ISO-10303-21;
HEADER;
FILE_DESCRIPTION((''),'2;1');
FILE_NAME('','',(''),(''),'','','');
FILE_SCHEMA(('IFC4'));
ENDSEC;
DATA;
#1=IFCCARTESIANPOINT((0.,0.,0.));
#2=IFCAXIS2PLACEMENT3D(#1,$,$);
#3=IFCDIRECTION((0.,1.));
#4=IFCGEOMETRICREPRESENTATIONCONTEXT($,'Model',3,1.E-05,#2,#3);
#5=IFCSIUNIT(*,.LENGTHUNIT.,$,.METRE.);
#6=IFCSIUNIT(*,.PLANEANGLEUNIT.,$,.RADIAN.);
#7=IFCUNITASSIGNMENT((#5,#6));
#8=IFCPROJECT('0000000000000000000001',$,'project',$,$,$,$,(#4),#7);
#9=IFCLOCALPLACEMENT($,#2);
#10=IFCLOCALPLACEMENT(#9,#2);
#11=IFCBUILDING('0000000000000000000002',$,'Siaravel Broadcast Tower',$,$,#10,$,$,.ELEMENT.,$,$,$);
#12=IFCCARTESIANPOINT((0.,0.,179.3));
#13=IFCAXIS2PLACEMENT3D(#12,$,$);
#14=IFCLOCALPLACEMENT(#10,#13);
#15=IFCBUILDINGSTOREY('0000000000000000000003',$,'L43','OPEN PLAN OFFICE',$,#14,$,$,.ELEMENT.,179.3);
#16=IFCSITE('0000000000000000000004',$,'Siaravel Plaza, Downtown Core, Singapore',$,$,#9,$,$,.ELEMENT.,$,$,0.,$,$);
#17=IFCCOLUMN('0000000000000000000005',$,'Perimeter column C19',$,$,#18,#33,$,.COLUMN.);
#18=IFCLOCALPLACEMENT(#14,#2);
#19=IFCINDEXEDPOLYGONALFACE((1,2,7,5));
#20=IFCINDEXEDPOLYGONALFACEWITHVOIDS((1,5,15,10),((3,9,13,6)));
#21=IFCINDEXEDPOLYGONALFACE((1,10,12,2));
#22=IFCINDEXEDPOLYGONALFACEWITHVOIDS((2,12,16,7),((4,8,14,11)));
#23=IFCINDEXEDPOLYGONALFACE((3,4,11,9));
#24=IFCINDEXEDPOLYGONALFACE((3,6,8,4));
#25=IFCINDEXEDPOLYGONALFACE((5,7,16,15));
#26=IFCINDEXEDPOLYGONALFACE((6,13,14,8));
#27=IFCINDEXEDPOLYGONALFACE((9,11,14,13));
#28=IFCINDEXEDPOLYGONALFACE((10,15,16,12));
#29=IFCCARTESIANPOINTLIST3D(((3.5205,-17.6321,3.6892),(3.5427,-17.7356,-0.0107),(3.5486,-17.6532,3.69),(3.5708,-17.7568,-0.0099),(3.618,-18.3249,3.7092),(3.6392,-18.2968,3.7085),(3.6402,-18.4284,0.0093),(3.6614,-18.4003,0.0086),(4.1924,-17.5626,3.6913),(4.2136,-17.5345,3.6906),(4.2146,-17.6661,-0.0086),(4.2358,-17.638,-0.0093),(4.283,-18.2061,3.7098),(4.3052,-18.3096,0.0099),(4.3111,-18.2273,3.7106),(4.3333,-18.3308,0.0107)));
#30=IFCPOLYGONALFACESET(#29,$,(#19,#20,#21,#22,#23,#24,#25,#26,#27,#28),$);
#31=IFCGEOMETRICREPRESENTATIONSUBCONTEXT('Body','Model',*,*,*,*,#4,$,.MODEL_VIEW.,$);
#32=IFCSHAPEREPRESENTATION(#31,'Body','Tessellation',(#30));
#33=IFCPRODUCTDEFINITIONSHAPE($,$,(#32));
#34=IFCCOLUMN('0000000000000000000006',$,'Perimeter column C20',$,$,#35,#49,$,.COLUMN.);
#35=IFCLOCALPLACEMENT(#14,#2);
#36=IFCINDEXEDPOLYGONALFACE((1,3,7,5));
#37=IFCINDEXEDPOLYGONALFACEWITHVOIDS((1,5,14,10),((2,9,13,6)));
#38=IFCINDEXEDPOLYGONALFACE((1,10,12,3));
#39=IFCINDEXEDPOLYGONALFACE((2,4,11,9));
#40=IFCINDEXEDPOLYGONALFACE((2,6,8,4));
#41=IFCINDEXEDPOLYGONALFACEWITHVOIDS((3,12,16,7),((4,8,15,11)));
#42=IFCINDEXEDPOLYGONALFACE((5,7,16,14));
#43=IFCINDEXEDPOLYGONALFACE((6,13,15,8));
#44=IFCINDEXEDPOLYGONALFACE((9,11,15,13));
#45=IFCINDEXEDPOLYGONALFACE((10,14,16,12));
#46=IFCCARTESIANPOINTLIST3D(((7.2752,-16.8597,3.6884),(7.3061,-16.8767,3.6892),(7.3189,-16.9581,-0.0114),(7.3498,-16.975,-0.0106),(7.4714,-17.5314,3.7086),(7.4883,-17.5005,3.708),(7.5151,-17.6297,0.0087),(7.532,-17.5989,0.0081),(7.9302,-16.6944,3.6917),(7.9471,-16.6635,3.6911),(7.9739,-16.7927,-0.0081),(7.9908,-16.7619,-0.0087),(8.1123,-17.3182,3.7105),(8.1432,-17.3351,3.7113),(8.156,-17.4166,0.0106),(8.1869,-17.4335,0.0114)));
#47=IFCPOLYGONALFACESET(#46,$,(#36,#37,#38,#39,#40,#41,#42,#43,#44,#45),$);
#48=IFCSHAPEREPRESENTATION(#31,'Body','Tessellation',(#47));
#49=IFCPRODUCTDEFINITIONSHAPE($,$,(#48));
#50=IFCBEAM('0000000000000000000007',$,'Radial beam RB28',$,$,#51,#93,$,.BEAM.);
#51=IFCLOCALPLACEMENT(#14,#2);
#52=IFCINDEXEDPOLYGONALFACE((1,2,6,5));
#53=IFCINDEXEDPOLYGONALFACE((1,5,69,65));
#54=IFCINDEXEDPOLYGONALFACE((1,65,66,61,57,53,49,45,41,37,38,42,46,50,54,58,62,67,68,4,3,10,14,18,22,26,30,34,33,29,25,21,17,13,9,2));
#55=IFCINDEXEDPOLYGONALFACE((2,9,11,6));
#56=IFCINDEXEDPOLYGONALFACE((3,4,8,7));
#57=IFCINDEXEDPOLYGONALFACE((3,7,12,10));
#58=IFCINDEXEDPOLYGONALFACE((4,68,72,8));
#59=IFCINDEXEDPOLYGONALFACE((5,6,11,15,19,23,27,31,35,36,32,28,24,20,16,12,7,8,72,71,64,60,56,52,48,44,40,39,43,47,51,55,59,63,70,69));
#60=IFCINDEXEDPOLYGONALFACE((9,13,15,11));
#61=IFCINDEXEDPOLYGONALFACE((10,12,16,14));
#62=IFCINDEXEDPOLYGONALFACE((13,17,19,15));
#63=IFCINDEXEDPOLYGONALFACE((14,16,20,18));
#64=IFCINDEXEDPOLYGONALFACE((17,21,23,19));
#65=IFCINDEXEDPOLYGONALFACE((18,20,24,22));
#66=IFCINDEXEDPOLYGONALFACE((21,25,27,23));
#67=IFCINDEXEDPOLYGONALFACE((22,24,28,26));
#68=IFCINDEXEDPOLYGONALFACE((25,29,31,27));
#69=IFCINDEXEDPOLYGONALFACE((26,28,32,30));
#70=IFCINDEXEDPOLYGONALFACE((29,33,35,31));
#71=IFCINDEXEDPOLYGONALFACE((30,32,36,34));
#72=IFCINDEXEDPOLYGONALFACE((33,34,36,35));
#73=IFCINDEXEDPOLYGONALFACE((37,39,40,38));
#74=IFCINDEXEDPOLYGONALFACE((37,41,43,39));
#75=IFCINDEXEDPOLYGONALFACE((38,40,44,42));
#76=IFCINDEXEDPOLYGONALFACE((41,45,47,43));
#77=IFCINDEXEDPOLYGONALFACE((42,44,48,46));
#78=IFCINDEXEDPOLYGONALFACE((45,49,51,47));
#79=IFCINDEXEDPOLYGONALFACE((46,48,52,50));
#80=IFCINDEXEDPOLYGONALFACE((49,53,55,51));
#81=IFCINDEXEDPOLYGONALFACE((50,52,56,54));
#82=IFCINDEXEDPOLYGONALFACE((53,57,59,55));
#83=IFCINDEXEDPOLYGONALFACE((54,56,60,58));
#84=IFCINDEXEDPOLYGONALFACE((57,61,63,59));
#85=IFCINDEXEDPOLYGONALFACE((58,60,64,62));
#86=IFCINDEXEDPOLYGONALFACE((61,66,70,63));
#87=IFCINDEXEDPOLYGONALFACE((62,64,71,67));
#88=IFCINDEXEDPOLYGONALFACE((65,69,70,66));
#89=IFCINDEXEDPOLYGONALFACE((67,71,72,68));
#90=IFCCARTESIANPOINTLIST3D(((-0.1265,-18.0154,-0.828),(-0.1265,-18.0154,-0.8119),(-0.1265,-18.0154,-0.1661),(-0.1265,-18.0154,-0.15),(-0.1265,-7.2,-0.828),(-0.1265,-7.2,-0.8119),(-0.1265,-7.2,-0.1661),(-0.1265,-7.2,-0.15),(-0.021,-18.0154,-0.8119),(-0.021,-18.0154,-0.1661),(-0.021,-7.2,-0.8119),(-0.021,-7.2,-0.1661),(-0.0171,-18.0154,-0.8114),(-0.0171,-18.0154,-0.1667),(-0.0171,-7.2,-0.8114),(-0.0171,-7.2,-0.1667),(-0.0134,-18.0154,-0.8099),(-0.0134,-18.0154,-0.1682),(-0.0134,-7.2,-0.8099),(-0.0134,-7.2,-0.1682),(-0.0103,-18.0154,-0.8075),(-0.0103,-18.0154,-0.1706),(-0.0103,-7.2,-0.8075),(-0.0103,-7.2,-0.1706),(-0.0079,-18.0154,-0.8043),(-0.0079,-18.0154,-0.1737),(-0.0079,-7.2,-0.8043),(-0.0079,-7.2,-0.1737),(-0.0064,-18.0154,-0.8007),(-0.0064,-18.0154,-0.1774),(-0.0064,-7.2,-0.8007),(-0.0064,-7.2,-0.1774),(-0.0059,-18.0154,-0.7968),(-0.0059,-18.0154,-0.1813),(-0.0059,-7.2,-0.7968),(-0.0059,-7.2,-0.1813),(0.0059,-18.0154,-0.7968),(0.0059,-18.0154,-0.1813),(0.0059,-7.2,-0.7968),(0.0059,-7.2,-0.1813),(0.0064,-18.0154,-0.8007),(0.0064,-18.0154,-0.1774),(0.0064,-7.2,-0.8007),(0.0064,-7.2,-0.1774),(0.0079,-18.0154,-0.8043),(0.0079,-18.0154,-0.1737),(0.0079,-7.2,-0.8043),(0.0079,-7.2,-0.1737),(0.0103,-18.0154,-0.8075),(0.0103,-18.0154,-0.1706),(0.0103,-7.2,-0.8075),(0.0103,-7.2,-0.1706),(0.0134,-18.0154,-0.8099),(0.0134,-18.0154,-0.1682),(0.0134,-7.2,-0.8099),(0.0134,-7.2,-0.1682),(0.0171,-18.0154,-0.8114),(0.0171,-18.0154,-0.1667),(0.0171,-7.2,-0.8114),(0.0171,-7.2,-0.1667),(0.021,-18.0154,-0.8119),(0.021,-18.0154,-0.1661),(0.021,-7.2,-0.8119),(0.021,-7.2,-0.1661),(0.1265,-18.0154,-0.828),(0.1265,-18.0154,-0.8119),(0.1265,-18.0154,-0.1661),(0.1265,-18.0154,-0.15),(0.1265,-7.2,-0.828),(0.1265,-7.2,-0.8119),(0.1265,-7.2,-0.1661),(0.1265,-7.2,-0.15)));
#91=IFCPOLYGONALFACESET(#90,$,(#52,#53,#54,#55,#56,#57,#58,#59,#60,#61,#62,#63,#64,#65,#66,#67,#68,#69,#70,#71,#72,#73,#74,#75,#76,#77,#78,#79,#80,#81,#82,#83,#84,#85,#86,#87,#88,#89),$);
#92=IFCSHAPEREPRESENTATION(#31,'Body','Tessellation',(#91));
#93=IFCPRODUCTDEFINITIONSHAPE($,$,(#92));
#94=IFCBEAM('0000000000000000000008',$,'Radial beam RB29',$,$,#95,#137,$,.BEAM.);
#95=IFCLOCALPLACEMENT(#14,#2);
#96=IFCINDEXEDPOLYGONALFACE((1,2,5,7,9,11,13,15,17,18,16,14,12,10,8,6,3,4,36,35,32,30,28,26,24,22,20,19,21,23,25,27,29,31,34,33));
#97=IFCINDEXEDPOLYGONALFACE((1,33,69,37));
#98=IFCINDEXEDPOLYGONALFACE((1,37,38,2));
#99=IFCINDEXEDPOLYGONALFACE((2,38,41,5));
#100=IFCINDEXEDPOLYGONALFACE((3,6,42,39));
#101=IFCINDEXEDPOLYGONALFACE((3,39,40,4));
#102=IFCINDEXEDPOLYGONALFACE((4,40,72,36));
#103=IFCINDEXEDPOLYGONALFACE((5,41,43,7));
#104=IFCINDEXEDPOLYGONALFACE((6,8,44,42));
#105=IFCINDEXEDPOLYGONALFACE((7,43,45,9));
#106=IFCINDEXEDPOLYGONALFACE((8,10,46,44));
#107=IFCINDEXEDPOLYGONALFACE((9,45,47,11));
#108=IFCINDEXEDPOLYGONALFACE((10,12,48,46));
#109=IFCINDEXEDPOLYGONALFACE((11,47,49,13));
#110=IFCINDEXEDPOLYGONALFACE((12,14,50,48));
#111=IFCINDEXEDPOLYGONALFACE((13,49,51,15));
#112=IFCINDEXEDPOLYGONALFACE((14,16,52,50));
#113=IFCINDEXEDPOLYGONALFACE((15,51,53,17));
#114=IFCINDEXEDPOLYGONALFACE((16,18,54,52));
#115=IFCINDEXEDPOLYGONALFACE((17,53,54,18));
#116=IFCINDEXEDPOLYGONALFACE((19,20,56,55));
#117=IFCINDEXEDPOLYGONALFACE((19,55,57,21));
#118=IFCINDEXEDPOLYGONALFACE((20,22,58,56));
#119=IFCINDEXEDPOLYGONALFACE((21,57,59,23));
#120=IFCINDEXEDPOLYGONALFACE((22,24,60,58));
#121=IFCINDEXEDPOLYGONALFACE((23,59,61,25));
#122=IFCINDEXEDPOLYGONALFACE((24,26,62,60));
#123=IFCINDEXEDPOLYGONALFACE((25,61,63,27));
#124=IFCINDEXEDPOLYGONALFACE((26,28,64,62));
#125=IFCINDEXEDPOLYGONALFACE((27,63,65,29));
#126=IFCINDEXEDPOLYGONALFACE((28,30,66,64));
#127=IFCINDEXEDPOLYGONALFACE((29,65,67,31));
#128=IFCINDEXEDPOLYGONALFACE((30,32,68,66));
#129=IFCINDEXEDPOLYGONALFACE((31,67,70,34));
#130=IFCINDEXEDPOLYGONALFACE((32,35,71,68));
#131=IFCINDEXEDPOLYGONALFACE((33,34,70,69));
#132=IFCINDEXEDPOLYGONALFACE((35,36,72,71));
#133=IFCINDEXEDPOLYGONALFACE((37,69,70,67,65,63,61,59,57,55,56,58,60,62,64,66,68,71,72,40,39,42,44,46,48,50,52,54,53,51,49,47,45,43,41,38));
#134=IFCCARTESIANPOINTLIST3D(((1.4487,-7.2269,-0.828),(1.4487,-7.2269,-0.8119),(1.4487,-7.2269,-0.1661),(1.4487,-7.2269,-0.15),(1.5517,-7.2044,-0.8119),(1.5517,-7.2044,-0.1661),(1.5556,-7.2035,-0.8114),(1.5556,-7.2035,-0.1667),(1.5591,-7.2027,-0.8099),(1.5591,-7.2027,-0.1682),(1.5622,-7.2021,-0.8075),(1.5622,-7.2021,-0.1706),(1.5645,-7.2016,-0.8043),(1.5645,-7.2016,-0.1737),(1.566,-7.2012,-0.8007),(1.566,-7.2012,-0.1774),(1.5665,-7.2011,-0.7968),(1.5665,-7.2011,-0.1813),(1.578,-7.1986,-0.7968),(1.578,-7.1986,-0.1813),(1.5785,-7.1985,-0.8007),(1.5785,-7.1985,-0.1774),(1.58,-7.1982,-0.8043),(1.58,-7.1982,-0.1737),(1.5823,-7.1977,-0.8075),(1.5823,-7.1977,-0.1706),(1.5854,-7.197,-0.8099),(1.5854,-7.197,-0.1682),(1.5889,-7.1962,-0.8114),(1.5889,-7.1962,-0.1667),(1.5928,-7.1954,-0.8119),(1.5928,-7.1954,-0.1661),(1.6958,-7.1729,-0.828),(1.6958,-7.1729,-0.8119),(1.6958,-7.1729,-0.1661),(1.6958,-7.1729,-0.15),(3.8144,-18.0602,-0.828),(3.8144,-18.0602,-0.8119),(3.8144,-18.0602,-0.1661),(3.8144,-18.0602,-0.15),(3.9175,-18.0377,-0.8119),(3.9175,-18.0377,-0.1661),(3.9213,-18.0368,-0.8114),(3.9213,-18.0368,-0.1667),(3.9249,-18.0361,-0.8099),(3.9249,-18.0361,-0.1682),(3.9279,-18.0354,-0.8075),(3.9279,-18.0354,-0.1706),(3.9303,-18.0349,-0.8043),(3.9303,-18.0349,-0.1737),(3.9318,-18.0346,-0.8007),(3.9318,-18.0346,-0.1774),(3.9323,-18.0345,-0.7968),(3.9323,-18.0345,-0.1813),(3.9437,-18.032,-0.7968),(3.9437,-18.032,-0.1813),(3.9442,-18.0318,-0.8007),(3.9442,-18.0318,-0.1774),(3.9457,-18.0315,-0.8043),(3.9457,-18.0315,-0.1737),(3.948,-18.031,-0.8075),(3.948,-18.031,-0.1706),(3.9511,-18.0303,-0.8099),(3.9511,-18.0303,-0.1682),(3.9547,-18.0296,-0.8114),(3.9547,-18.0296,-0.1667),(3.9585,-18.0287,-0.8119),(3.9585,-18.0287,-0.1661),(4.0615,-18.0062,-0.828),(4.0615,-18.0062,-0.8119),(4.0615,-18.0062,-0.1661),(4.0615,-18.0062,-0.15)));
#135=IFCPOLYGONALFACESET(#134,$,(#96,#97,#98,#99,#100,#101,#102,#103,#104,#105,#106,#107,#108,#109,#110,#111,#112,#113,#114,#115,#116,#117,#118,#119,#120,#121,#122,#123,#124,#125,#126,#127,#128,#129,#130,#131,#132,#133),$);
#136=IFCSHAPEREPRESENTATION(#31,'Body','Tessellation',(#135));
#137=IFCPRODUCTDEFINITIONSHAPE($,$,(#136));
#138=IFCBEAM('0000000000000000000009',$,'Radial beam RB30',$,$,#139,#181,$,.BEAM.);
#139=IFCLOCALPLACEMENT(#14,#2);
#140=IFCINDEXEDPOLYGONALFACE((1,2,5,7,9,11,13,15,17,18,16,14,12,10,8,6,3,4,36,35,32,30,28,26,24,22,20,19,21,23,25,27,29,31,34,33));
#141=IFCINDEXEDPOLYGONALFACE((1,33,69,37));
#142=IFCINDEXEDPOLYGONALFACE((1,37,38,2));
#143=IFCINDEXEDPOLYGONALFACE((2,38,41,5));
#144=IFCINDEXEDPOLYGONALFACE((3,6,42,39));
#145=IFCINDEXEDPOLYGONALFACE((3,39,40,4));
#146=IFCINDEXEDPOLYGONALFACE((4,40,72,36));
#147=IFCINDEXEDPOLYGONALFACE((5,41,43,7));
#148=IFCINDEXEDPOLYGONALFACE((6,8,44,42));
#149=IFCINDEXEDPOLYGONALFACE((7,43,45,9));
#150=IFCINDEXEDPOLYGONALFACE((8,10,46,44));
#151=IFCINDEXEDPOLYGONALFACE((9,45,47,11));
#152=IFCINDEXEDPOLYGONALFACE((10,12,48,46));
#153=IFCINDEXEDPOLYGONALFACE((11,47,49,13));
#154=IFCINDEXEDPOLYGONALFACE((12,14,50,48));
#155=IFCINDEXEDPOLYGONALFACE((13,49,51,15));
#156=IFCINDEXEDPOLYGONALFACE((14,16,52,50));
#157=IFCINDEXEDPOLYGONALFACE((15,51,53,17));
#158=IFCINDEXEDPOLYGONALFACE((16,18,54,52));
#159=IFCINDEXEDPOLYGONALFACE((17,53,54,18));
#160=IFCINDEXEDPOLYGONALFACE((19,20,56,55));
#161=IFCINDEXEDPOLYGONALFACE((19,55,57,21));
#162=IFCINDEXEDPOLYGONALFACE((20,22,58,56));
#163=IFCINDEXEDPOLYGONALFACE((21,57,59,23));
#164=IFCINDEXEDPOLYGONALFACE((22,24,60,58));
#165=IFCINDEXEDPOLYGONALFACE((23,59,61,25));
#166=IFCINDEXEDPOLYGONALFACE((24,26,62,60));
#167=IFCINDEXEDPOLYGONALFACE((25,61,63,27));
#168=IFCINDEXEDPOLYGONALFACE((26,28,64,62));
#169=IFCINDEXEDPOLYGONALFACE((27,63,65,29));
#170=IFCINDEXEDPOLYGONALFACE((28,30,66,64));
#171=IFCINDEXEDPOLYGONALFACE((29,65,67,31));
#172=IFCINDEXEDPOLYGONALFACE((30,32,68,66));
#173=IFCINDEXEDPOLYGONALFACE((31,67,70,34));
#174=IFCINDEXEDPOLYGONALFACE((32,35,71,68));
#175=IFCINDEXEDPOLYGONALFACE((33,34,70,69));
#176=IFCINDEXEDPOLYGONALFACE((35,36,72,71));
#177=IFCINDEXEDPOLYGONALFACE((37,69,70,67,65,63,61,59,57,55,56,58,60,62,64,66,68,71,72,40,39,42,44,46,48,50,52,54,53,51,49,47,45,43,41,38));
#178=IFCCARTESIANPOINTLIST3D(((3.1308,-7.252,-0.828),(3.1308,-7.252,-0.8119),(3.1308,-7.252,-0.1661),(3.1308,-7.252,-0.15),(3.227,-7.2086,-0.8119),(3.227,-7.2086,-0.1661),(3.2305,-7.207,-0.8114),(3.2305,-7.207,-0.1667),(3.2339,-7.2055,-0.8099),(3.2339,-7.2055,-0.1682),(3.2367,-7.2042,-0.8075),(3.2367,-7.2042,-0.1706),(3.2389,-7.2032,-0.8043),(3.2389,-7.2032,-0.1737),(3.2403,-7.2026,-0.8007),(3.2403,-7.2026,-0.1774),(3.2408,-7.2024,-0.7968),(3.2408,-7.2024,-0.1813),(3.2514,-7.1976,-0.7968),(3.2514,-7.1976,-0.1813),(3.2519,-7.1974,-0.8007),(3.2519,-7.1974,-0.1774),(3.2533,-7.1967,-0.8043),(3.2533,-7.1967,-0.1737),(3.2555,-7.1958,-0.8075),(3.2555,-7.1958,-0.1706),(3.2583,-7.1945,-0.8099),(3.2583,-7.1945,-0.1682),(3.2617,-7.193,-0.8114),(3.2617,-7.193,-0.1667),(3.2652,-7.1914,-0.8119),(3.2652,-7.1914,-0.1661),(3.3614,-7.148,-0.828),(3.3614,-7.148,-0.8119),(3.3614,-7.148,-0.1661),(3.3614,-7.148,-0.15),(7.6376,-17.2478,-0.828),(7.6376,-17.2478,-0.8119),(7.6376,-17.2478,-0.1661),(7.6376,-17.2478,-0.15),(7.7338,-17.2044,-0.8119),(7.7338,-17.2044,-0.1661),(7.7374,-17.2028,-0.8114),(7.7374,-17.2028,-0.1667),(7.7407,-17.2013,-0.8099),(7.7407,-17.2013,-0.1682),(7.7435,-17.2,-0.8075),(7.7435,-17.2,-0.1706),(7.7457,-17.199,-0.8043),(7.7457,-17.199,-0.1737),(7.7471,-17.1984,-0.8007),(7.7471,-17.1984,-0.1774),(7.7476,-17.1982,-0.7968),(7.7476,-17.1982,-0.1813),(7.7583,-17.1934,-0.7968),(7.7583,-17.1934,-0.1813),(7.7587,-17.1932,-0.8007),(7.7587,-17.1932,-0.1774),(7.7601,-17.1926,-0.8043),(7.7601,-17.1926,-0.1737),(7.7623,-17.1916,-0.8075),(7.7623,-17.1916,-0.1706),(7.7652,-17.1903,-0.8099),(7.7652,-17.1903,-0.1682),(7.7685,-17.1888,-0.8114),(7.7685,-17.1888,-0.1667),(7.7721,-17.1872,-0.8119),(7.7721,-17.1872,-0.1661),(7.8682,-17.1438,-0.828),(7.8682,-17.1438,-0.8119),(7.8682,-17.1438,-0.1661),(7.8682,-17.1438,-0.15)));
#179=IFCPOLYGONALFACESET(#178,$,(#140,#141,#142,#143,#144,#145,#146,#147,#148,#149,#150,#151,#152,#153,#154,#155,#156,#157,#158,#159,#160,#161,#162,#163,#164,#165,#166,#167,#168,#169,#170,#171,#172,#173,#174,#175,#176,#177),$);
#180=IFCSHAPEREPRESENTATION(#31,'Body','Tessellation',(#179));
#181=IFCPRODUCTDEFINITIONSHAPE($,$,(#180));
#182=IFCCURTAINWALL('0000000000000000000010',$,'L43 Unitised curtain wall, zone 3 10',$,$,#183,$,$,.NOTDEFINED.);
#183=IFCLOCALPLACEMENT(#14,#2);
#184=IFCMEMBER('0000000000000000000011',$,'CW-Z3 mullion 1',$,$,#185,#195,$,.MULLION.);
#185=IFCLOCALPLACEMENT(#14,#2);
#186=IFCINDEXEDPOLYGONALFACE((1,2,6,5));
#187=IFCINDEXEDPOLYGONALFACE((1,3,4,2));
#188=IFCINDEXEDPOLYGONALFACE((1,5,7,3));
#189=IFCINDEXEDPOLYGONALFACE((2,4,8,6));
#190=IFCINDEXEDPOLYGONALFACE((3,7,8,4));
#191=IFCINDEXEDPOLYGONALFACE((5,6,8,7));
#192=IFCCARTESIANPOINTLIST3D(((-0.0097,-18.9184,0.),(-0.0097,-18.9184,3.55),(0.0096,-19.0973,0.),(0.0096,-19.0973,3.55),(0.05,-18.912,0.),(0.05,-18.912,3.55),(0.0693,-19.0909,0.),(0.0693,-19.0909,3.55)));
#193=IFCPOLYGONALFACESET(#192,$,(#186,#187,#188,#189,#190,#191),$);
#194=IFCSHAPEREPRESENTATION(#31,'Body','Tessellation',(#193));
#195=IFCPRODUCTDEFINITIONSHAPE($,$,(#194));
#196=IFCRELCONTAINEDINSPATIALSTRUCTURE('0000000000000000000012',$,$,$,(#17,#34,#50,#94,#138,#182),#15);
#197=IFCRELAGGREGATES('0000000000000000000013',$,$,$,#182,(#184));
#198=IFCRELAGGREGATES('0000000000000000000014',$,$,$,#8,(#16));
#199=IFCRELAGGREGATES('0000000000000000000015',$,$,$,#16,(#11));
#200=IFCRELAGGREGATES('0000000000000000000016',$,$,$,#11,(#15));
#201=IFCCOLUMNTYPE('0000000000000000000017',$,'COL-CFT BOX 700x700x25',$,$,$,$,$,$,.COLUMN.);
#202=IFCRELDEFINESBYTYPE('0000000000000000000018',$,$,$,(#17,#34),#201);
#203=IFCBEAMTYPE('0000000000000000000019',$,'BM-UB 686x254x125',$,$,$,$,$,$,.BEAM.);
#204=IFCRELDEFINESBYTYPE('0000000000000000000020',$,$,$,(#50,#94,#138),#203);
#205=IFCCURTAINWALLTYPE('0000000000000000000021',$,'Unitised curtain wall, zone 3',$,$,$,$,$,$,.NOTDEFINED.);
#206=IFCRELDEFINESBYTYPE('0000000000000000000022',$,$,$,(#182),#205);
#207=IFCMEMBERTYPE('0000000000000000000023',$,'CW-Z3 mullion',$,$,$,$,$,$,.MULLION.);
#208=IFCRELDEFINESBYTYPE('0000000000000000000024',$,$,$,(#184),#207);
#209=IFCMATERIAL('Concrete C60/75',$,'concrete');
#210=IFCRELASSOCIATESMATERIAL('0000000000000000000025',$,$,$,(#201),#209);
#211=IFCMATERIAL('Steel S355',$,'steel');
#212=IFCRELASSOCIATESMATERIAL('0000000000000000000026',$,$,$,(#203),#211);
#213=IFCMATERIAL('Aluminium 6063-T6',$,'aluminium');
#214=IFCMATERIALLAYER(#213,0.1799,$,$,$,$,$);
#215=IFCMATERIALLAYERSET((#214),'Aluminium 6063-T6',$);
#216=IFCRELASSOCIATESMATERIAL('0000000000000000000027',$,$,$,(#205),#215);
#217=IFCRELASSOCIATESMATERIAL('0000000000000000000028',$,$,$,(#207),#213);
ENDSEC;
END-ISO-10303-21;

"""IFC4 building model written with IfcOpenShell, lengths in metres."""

from ifc_helpers import new_model, si_unit, direction, frame, origin, origin_2d, place, context, subcontext, project, spatial, rectangle, hollow_rectangle, i_section, extrude, material, layer, layer_set, material_profile, profile_set, type_object, element, aggregate, save


model = new_model("IFC4")

# Units and contexts
model_context = context("Model", 3, precision=1e-05, world=origin(), true_north=direction((0.0, 1.0)))
body_context = subcontext(model_context, "Body", "Model", "MODEL_VIEW")
ifc_project = project(units=[si_unit("LENGTHUNIT", "METRE"), si_unit("PLANEANGLEUNIT", "RADIAN")], contexts=[model_context])

# Site, building, storey
site_placement = place(None, origin())
site = spatial("IfcSite", under=ifc_project, at=site_placement, Name="Siaravel Plaza, Downtown Core, Singapore", CompositionType="ELEMENT", RefElevation=0.0)
building_placement = place(site_placement, origin())
building = spatial("IfcBuilding", under=site, at=building_placement, Name="Siaravel Broadcast Tower", CompositionType="ELEMENT")
storey_placement = place(building_placement, frame((0.0, 0.0, 179.3)))
storey = spatial("IfcBuildingStorey", under=building, at=storey_placement, Name="L43", Description="OPEN PLAN OFFICE", CompositionType="ELEMENT", Elevation=179.3)

# Columns
ifc_material_1 = material(Name="Concrete C60/75", Category="concrete")
ifc_material_profile_1 = material_profile(ifc_material_1, hollow_rectangle(XDim=0.7, YDim=0.7, WallThickness=0.0249, at=origin_2d()))
ifc_profile_set_1 = profile_set([ifc_material_profile_1], Name="Concrete C60/75")
column_type = type_object("IfcColumnType", Name="COL-CFT BOX 700x700x25", PredefinedType="COLUMN", material=ifc_profile_set_1)
for number, where, z_axis, x_axis, name in (
    (1, (3.938, -18.0332, 0.0), (-0.006002, 0.027966, 0.999591), (-0.99023, -0.13943, -0.002045), "Perimeter column C19"),
    (2, (7.7529, -17.1958, 0.0), (-0.011806, 0.026581, 0.999577), (-0.959874, -0.280405, -0.003881), "Perimeter column C20"),
):
    element("IfcColumn", number, at=place(storey_placement, frame(where, z_axis=z_axis, x_axis=x_axis)), inside=storey, type_object=column_type, Name=name, PredefinedType="COLUMN", context=body_context, shape_type="SweptSolid", body=[
        extrude(hollow_rectangle(XDim=0.7, YDim=0.7, WallThickness=0.0249, at=origin_2d()), origin(), (0.0, 0.0, 1.0), 3.7014),
    ])

# Beams
ifc_material_2 = material(Name="Steel S355", Category="steel")
ifc_material_profile_2 = material_profile(ifc_material_2, i_section(OverallWidth=0.2529, OverallDepth=0.678, WebThickness=0.0117, FlangeThickness=0.0161, FilletRadius=0.0151, at=origin_2d()))
ifc_profile_set_2 = profile_set([ifc_material_profile_2], Name="Steel S355")
beam_type = type_object("IfcBeamType", Name="BM-UB 686x254x125", PredefinedType="BEAM", material=ifc_profile_set_2)
beam_1_placement = place(storey_placement, frame((0.0, -18.0154, -0.489), z_axis=(0.0, 1.0, 0.0), x_axis=(-1.0, 0.0, 0.0)))
element("IfcBeam", 3, at=beam_1_placement, inside=storey, type_object=beam_type, Name="Radial beam RB28", PredefinedType="BEAM", context=body_context, shape_type="SweptSolid", body=[
    extrude(i_section(OverallWidth=0.2529, OverallDepth=0.678, WebThickness=0.0117, FlangeThickness=0.0161, FilletRadius=0.0151, at=origin_2d()), origin(), (0.0, 0.0, 1.0), 10.8154),
])
beam_2_placement = place(storey_placement, frame((3.938, -18.0332, -0.489), z_axis=(-0.213348, 0.976976, 0.0), x_axis=(-0.976976, -0.213348, 0.0)))
element("IfcBeam", 4, at=beam_2_placement, inside=storey, type_object=beam_type, Name="Radial beam RB29", PredefinedType="BEAM", context=body_context, shape_type="SweptSolid", body=[
    extrude(i_section(OverallWidth=0.2529, OverallDepth=0.678, WebThickness=0.0117, FlangeThickness=0.0161, FilletRadius=0.0151, at=origin_2d()), origin(), (0.0, 0.0, 1.0), 11.0886),
])
beam_3_placement = place(storey_placement, frame((7.7529, -17.1958, -0.489), z_axis=(-0.411025, 0.911624, 0.0), x_axis=(-0.911624, -0.411025, 0.0)))
element("IfcBeam", 5, at=beam_3_placement, inside=storey, type_object=beam_type, Name="Radial beam RB30", PredefinedType="BEAM", context=body_context, shape_type="SweptSolid", body=[
    extrude(i_section(OverallWidth=0.2529, OverallDepth=0.678, WebThickness=0.0117, FlangeThickness=0.0161, FilletRadius=0.0151, at=origin_2d()), origin(), (0.0, 0.0, 1.0), 10.9648),
])

# Curtain wall, member
ifc_material_3 = material(Name="Aluminium 6063-T6", Category="aluminium")
ifc_layer_1 = layer(ifc_material_3, 0.1799)
ifc_layer_set_1 = layer_set([ifc_layer_1], Name="Aluminium 6063-T6")
curtain_wall_type = type_object("IfcCurtainWallType", Name="Unitised curtain wall, zone 3", PredefinedType="NOTDEFINED", material=ifc_layer_set_1)
curtain_wall_placement = place(storey_placement, origin())
curtain_wall = element("IfcCurtainWall", 6, at=curtain_wall_placement, inside=storey, type_object=curtain_wall_type, Name="L43 Unitised curtain wall, zone 3 10", PredefinedType="NOTDEFINED")
ifc_material_profile_3 = material_profile(ifc_material_3, rectangle(XDim=0.1799, YDim=0.0601, at=origin_2d()))
ifc_profile_set_3 = profile_set([ifc_material_profile_3], Name="Aluminium 6063-T6")
member_type_1 = type_object("IfcMemberType", Name="CW-Z3 mullion", PredefinedType="MULLION", material=ifc_profile_set_3)
member_1_placement = place(storey_placement, frame((0.0298, -19.0046, 0.0), z_axis=(0.0, 0.0, 1.0), x_axis=(-0.107217, 0.994236, 0.0)))
member_1 = element("IfcMember", 7, at=member_1_placement, type_object=member_type_1, Name="CW-Z3 mullion 1", PredefinedType="MULLION", context=body_context, shape_type="SweptSolid", body=[
    extrude(rectangle(XDim=0.1799, YDim=0.0601, at=origin_2d()), origin(), (0.0, 0.0, 1.0), 3.55),
])

aggregate(curtain_wall, [member_1])

save(model, "model.ifc")
